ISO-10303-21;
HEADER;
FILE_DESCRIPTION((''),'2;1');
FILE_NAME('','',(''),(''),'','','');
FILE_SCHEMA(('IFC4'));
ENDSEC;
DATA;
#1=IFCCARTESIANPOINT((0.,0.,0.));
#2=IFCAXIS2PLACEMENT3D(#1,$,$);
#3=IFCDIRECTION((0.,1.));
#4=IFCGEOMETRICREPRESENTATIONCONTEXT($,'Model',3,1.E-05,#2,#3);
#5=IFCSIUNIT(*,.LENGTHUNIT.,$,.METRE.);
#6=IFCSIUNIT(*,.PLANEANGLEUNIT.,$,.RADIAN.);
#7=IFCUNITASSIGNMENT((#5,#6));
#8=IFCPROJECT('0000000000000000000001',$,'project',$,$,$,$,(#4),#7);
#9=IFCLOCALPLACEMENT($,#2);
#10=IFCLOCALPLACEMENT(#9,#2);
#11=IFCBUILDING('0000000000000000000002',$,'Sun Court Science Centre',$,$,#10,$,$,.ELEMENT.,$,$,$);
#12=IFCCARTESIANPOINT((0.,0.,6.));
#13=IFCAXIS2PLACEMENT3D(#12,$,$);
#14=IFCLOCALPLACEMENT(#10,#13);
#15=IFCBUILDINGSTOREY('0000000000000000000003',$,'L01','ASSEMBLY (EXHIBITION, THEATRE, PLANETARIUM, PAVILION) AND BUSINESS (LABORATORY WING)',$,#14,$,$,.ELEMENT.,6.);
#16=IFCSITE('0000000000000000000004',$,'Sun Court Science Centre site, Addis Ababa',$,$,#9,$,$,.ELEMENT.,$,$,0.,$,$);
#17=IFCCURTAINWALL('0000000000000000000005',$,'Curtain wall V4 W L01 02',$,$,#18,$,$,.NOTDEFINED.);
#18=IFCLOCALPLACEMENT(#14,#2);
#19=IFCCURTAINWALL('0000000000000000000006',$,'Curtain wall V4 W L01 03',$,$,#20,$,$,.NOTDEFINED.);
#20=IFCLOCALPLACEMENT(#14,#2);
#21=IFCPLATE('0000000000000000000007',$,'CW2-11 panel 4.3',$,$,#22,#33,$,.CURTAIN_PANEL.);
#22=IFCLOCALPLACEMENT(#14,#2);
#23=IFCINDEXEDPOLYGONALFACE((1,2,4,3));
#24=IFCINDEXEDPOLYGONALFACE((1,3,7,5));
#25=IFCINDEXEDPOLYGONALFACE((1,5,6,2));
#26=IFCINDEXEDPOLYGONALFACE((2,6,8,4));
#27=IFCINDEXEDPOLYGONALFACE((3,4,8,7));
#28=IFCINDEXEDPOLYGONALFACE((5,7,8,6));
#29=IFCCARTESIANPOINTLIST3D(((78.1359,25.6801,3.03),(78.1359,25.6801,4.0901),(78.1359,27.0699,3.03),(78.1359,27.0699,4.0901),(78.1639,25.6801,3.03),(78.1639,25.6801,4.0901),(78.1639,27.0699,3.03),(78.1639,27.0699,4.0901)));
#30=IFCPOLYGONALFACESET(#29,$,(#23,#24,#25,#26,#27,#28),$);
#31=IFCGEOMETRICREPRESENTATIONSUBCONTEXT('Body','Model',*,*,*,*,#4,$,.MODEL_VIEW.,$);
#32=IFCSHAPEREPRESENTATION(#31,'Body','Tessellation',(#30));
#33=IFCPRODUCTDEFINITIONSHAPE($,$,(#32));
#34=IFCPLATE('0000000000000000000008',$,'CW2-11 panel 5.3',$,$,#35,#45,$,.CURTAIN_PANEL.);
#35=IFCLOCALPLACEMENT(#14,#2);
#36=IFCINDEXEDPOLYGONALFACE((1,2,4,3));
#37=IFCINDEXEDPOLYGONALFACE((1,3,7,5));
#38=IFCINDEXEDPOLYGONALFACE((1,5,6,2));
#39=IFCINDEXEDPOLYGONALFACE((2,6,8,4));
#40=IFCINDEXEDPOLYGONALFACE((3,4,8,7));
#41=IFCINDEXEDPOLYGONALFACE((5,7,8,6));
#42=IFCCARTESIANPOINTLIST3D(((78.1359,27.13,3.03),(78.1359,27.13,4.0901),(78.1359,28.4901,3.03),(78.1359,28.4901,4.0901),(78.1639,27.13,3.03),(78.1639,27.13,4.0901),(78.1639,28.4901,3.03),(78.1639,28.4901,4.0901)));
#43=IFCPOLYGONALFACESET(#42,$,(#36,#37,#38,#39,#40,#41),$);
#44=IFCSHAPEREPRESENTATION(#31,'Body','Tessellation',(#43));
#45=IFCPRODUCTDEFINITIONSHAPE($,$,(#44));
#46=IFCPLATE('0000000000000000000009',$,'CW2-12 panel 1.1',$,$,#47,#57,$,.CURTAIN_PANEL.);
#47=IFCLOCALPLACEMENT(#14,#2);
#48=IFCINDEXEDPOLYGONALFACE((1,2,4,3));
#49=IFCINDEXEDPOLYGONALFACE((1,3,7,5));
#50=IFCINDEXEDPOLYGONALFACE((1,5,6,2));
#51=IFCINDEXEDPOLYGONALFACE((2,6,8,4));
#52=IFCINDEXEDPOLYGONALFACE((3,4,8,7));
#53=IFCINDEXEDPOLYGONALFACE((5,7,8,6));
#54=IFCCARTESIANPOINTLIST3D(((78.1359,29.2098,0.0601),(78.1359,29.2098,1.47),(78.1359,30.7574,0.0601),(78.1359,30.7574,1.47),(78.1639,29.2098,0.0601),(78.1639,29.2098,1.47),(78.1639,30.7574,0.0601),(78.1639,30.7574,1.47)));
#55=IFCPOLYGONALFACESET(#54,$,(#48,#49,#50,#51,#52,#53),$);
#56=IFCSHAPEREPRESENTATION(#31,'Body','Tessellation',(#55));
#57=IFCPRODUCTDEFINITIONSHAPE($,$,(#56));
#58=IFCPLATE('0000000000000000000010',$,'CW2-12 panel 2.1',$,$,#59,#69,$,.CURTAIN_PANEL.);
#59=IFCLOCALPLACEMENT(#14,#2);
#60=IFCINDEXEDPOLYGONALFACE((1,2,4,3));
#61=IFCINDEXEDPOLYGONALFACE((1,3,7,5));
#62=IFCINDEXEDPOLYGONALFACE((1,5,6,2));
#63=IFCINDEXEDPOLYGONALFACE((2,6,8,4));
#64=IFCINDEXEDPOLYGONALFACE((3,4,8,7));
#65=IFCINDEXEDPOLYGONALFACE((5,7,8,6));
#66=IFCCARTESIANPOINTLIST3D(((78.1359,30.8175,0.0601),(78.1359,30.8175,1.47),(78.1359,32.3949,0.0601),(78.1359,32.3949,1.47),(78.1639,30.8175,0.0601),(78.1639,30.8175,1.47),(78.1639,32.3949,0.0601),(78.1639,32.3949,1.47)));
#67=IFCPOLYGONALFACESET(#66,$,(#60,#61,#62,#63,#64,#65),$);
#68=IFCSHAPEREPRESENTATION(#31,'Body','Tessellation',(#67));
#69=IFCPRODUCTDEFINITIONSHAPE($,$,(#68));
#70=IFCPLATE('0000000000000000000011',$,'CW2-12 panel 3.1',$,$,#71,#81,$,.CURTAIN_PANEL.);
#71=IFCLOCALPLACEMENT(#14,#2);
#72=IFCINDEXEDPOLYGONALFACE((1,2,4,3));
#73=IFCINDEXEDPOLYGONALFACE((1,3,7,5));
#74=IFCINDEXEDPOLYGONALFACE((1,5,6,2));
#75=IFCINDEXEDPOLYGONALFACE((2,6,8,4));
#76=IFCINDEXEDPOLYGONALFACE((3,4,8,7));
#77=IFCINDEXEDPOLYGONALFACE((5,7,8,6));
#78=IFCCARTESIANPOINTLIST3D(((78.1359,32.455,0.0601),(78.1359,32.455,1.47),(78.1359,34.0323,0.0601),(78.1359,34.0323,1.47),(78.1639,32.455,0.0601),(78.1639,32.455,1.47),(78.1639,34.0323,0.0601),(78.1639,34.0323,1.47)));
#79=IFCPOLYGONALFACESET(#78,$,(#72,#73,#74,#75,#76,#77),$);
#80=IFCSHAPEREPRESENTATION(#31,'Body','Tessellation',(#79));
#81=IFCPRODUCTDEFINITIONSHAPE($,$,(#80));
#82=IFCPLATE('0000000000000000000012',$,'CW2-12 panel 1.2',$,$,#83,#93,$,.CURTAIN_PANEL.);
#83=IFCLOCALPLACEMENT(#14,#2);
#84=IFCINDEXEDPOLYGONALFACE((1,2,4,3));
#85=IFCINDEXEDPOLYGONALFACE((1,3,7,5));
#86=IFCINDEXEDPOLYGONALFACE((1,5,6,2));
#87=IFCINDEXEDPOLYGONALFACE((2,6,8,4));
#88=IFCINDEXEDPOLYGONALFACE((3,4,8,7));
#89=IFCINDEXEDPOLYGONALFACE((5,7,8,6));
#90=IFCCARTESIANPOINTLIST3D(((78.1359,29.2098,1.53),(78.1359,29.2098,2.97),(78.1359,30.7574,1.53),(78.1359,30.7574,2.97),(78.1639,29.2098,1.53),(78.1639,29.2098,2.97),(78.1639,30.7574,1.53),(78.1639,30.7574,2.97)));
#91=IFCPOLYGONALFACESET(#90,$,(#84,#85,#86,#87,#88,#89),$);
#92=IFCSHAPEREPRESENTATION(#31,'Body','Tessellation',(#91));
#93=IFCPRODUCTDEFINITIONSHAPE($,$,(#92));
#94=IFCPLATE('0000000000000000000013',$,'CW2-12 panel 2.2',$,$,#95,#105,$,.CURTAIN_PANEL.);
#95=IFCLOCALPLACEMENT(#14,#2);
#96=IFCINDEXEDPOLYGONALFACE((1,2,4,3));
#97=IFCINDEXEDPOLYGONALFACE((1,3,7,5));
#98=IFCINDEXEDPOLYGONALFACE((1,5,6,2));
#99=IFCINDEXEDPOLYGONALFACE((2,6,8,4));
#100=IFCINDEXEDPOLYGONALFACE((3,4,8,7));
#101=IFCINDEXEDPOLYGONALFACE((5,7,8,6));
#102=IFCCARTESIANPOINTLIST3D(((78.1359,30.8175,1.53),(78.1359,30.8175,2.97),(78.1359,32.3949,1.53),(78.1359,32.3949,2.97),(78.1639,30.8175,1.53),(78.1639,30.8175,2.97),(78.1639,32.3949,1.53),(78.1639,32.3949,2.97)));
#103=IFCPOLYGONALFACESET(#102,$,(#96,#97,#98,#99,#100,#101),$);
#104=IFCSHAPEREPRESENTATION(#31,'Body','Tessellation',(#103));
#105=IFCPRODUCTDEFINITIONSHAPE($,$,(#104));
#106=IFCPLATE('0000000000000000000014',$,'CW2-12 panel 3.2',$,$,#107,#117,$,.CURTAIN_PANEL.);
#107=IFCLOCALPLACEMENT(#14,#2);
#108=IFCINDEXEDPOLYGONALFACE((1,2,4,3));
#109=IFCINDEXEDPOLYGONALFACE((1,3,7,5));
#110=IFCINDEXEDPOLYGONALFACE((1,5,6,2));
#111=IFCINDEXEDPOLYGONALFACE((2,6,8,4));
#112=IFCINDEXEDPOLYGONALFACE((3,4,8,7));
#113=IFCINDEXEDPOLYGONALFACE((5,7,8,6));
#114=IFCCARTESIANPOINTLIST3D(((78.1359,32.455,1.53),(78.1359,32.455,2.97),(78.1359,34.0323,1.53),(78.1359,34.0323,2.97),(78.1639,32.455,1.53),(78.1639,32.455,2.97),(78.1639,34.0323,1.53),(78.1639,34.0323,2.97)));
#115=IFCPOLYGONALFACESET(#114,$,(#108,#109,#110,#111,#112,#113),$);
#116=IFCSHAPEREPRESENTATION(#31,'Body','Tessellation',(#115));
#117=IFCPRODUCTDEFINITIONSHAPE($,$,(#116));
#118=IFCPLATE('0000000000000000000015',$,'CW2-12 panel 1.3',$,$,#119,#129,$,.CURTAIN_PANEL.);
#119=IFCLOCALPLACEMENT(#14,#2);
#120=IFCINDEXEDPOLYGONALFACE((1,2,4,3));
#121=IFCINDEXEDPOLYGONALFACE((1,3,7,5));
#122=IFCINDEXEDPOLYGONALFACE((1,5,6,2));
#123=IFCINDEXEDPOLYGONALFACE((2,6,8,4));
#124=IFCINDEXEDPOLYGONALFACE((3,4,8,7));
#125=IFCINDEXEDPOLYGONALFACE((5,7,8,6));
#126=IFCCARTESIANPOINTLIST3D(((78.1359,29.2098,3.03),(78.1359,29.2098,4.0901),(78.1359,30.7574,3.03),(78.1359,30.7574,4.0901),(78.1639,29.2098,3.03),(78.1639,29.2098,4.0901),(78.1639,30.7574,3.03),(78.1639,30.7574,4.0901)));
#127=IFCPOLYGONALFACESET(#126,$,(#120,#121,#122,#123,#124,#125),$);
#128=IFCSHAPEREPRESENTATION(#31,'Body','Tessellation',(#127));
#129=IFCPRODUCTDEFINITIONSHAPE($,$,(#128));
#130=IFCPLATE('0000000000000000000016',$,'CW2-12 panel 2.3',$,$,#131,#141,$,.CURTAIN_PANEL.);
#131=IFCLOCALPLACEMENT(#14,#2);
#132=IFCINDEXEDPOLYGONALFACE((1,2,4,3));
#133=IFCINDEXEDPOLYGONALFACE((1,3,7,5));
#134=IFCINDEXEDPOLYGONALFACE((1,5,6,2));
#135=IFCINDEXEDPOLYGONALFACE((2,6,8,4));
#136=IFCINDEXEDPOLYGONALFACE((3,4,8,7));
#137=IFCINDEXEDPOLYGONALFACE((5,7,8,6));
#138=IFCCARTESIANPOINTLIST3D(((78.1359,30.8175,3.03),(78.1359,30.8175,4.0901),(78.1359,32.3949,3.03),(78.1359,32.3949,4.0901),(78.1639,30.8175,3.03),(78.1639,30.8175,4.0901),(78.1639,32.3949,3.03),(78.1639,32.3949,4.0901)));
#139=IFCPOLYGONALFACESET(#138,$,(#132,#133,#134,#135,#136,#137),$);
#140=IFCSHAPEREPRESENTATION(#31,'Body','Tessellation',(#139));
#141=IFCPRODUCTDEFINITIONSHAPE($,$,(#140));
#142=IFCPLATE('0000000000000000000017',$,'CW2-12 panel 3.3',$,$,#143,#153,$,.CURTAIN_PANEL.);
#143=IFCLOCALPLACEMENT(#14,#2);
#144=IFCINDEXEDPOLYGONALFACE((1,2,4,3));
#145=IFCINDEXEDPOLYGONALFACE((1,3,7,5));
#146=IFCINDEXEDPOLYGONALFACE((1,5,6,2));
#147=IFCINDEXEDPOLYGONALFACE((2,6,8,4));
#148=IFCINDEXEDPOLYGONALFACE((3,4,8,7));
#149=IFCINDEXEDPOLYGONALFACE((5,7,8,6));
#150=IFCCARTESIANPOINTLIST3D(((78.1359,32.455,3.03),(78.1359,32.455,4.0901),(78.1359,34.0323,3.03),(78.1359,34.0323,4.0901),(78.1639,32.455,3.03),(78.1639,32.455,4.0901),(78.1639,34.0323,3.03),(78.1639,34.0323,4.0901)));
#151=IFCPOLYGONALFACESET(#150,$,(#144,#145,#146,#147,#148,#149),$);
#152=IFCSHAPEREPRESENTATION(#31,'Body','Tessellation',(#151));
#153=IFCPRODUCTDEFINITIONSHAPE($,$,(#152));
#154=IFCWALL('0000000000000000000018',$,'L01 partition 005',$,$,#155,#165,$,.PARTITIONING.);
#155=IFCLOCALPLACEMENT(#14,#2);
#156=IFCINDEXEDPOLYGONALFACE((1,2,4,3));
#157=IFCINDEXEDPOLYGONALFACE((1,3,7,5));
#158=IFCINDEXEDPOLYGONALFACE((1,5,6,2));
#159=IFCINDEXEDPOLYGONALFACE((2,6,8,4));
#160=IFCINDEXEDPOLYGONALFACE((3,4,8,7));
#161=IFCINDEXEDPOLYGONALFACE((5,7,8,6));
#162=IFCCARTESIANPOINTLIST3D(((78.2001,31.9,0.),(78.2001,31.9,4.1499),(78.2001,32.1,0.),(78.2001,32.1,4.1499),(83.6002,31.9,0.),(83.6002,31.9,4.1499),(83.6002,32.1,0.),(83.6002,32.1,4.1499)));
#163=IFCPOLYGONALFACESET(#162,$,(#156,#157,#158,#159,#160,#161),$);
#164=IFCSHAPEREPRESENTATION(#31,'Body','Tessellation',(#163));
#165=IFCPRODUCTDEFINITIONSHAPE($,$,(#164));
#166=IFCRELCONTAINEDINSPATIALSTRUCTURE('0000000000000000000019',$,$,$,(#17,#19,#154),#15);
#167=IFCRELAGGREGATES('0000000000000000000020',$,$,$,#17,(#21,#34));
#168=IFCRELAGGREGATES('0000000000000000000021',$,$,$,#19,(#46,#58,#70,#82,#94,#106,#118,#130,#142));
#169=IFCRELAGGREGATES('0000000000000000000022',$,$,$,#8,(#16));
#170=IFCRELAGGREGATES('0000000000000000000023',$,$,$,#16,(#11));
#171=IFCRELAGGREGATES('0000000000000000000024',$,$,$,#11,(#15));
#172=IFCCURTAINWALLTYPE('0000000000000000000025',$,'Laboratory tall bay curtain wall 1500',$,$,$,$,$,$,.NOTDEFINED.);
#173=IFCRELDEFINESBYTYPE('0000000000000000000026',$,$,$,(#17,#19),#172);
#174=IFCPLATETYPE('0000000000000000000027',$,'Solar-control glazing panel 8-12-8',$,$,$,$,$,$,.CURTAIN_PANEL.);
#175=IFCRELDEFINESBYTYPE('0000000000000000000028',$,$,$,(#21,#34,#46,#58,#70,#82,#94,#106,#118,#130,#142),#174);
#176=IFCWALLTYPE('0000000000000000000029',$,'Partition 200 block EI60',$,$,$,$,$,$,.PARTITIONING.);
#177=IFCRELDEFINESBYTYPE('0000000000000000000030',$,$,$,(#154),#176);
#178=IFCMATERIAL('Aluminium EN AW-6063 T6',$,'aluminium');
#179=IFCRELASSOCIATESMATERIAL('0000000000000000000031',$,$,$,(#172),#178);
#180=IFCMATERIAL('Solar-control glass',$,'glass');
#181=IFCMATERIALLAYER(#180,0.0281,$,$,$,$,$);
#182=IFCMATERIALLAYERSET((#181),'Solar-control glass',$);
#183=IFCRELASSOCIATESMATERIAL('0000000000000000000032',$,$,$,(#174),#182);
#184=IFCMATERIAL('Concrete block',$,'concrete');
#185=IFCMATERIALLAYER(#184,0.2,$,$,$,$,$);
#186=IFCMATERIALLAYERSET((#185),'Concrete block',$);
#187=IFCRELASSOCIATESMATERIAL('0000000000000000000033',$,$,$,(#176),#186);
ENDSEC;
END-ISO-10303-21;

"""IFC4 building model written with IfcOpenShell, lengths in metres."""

from ifc_helpers import new_model, si_unit, direction, frame, frame_2d, origin, origin_2d, place, context, subcontext, project, spatial, rectangle, extrude, material, layer, layer_set, type_object, element, aggregate, save


model = new_model("IFC4")

# Units and contexts
model_context = context("Model", 3, precision=1e-05, world=origin(), true_north=direction((0.0, 1.0)))
body_context = subcontext(model_context, "Body", "Model", "MODEL_VIEW")
ifc_project = project(units=[si_unit("LENGTHUNIT", "METRE"), si_unit("PLANEANGLEUNIT", "RADIAN")], contexts=[model_context])

# Site, building, storey
site_placement = place(None, origin())
site = spatial("IfcSite", under=ifc_project, at=site_placement, Name="Sun Court Science Centre site, Addis Ababa", CompositionType="ELEMENT", RefElevation=0.0)
building_placement = place(site_placement, origin())
building = spatial("IfcBuilding", under=site, at=building_placement, Name="Sun Court Science Centre", CompositionType="ELEMENT")
storey_placement = place(building_placement, frame((0.0, 0.0, 6.0)))
storey = spatial("IfcBuildingStorey", under=building, at=storey_placement, Name="L01", Description="ASSEMBLY (EXHIBITION, THEATRE, PLANETARIUM, PAVILION) AND BUSINESS (LABORATORY WING)", CompositionType="ELEMENT", Elevation=6.0)

# Curtain walls
ifc_material_1 = material(Name="Aluminium EN AW-6063 T6", Category="aluminium")
curtain_wall_type = type_object("IfcCurtainWallType", Name="Laboratory tall bay curtain wall 1500", PredefinedType="NOTDEFINED", material=ifc_material_1)
curtain_wall_1_placement = place(storey_placement, origin())
curtain_wall_1 = element("IfcCurtainWall", 1, at=curtain_wall_1_placement, inside=storey, type_object=curtain_wall_type, Name="Curtain wall V4 W L01 02", PredefinedType="NOTDEFINED")
curtain_wall_2_placement = place(storey_placement, origin())
curtain_wall_2 = element("IfcCurtainWall", 2, at=curtain_wall_2_placement, inside=storey, type_object=curtain_wall_type, Name="Curtain wall V4 W L01 03", PredefinedType="NOTDEFINED")

# Plates
ifc_material_2 = material(Name="Solar-control glass", Category="glass")
ifc_layer_1 = layer(ifc_material_2, 0.0281)
ifc_layer_set_1 = layer_set([ifc_layer_1], Name="Solar-control glass")
plate_type = type_object("IfcPlateType", Name="Solar-control glazing panel 8-12-8", PredefinedType="CURTAIN_PANEL", material=ifc_layer_set_1)
plate_1_placement = place(storey_placement, frame((78.1499, 26.375, 3.03), z_axis=(0.0, 0.0, 1.0), x_axis=(0.0, 1.0, 0.0)))
plate_1 = element("IfcPlate", 3, at=plate_1_placement, type_object=plate_type, Name="CW2-11 panel 4.3", PredefinedType="CURTAIN_PANEL", context=body_context, shape_type="SweptSolid", body=[
    extrude(rectangle(XDim=1.3899, YDim=0.0281, at=origin_2d()), origin(), (0.0, 0.0, 1.0), 1.0601),
])
plate_2_placement = place(storey_placement, frame((78.1499, 27.8101, 3.03), z_axis=(0.0, 0.0, 1.0), x_axis=(0.0, 1.0, 0.0)))
plate_2 = element("IfcPlate", 4, at=plate_2_placement, type_object=plate_type, Name="CW2-11 panel 5.3", PredefinedType="CURTAIN_PANEL", context=body_context, shape_type="SweptSolid", body=[
    extrude(rectangle(XDim=1.3601, YDim=0.0281, at=origin_2d()), origin(), (0.0, 0.0, 1.0), 1.0601),
])
aggregate(curtain_wall_1, [plate_1, plate_2])
plate_3_placement = place(storey_placement, frame((78.1499, 29.9836, 0.0601), z_axis=(0.0, 0.0, 1.0), x_axis=(0.0, 1.0, 0.0)))
plate_3 = element("IfcPlate", 5, at=plate_3_placement, type_object=plate_type, Name="CW2-12 panel 1.1", PredefinedType="CURTAIN_PANEL", context=body_context, shape_type="SweptSolid", body=[
    extrude(rectangle(XDim=1.5476, YDim=0.0281, at=origin_2d()), origin(), (0.0, 0.0, 1.0), 1.4099),
])
plate_4_placement = place(storey_placement, frame((78.1499, 31.6062, 0.0601), z_axis=(0.0, 0.0, 1.0), x_axis=(0.0, 1.0, 0.0)))
plate_4 = element("IfcPlate", 6, at=plate_4_placement, type_object=plate_type, Name="CW2-12 panel 2.1", PredefinedType="CURTAIN_PANEL", context=body_context, shape_type="SweptSolid", body=[
    extrude(rectangle(XDim=1.5774, YDim=0.0281, at=origin_2d()), origin(), (0.0, 0.0, 1.0), 1.4099),
])
plate_5_placement = place(storey_placement, frame((78.1499, 33.2437, 0.0601), z_axis=(0.0, 0.0, 1.0), x_axis=(0.0, 1.0, 0.0)))
plate_5 = element("IfcPlate", 7, at=plate_5_placement, type_object=plate_type, Name="CW2-12 panel 3.1", PredefinedType="CURTAIN_PANEL", context=body_context, shape_type="SweptSolid", body=[
    extrude(rectangle(XDim=1.5774, YDim=0.0281, at=origin_2d()), origin(), (0.0, 0.0, 1.0), 1.4099),
])
plate_6_placement = place(storey_placement, frame((78.1499, 29.9836, 1.53), z_axis=(0.0, 0.0, 1.0), x_axis=(0.0, 1.0, 0.0)))
plate_6 = element("IfcPlate", 8, at=plate_6_placement, type_object=plate_type, Name="CW2-12 panel 1.2", PredefinedType="CURTAIN_PANEL", context=body_context, shape_type="SweptSolid", body=[
    extrude(rectangle(XDim=1.5476, YDim=0.0281, at=origin_2d()), origin(), (0.0, 0.0, 1.0), 1.4399),
])
plate_7_placement = place(storey_placement, frame((78.1499, 31.6062, 1.53), z_axis=(0.0, 0.0, 1.0), x_axis=(0.0, 1.0, 0.0)))
plate_7 = element("IfcPlate", 9, at=plate_7_placement, type_object=plate_type, Name="CW2-12 panel 2.2", PredefinedType="CURTAIN_PANEL", context=body_context, shape_type="SweptSolid", body=[
    extrude(rectangle(XDim=1.5774, YDim=0.0281, at=origin_2d()), origin(), (0.0, 0.0, 1.0), 1.4399),
])
plate_8_placement = place(storey_placement, frame((78.1499, 33.2437, 1.53), z_axis=(0.0, 0.0, 1.0), x_axis=(0.0, 1.0, 0.0)))
plate_8 = element("IfcPlate", 10, at=plate_8_placement, type_object=plate_type, Name="CW2-12 panel 3.2", PredefinedType="CURTAIN_PANEL", context=body_context, shape_type="SweptSolid", body=[
    extrude(rectangle(XDim=1.5774, YDim=0.0281, at=origin_2d()), origin(), (0.0, 0.0, 1.0), 1.4399),
])
plate_9_placement = place(storey_placement, frame((78.1499, 29.9836, 3.03), z_axis=(0.0, 0.0, 1.0), x_axis=(0.0, 1.0, 0.0)))
plate_9 = element("IfcPlate", 11, at=plate_9_placement, type_object=plate_type, Name="CW2-12 panel 1.3", PredefinedType="CURTAIN_PANEL", context=body_context, shape_type="SweptSolid", body=[
    extrude(rectangle(XDim=1.5476, YDim=0.0281, at=origin_2d()), origin(), (0.0, 0.0, 1.0), 1.0601),
])
plate_10_placement = place(storey_placement, frame((78.1499, 31.6062, 3.03), z_axis=(0.0, 0.0, 1.0), x_axis=(0.0, 1.0, 0.0)))
plate_10 = element("IfcPlate", 12, at=plate_10_placement, type_object=plate_type, Name="CW2-12 panel 2.3", PredefinedType="CURTAIN_PANEL", context=body_context, shape_type="SweptSolid", body=[
    extrude(rectangle(XDim=1.5774, YDim=0.0281, at=origin_2d()), origin(), (0.0, 0.0, 1.0), 1.0601),
])
plate_11_placement = place(storey_placement, frame((78.1499, 33.2437, 3.03), z_axis=(0.0, 0.0, 1.0), x_axis=(0.0, 1.0, 0.0)))
plate_11 = element("IfcPlate", 13, at=plate_11_placement, type_object=plate_type, Name="CW2-12 panel 3.3", PredefinedType="CURTAIN_PANEL", context=body_context, shape_type="SweptSolid", body=[
    extrude(rectangle(XDim=1.5774, YDim=0.0281, at=origin_2d()), origin(), (0.0, 0.0, 1.0), 1.0601),
])
aggregate(curtain_wall_2, [plate_3, plate_4, plate_5, plate_6, plate_7, plate_8, plate_9, plate_10, plate_11])

# Wall
ifc_material_3 = material(Name="Concrete block", Category="concrete")
ifc_layer_2 = layer(ifc_material_3, 0.2)
ifc_layer_set_2 = layer_set([ifc_layer_2], Name="Concrete block")
wall_type = type_object("IfcWallType", Name="Partition 200 block EI60", PredefinedType="PARTITIONING", material=ifc_layer_set_2)
wall_placement = place(storey_placement, frame((78.2, 32.0, 0.0), z_axis=(0.0, 0.0, 1.0), x_axis=(1.0, 0.0, 0.0)))
element("IfcWall", 14, at=wall_placement, inside=storey, type_object=wall_type, Name="L01 partition 005", PredefinedType="PARTITIONING", context=body_context, shape_type="SweptSolid", body=[
    extrude(rectangle(XDim=5.4001, YDim=0.2, at=frame_2d((2.7002, 0.0))), origin(), (0.0, 0.0, 1.0), 4.1499),
])

save(model, "model.ifc")
